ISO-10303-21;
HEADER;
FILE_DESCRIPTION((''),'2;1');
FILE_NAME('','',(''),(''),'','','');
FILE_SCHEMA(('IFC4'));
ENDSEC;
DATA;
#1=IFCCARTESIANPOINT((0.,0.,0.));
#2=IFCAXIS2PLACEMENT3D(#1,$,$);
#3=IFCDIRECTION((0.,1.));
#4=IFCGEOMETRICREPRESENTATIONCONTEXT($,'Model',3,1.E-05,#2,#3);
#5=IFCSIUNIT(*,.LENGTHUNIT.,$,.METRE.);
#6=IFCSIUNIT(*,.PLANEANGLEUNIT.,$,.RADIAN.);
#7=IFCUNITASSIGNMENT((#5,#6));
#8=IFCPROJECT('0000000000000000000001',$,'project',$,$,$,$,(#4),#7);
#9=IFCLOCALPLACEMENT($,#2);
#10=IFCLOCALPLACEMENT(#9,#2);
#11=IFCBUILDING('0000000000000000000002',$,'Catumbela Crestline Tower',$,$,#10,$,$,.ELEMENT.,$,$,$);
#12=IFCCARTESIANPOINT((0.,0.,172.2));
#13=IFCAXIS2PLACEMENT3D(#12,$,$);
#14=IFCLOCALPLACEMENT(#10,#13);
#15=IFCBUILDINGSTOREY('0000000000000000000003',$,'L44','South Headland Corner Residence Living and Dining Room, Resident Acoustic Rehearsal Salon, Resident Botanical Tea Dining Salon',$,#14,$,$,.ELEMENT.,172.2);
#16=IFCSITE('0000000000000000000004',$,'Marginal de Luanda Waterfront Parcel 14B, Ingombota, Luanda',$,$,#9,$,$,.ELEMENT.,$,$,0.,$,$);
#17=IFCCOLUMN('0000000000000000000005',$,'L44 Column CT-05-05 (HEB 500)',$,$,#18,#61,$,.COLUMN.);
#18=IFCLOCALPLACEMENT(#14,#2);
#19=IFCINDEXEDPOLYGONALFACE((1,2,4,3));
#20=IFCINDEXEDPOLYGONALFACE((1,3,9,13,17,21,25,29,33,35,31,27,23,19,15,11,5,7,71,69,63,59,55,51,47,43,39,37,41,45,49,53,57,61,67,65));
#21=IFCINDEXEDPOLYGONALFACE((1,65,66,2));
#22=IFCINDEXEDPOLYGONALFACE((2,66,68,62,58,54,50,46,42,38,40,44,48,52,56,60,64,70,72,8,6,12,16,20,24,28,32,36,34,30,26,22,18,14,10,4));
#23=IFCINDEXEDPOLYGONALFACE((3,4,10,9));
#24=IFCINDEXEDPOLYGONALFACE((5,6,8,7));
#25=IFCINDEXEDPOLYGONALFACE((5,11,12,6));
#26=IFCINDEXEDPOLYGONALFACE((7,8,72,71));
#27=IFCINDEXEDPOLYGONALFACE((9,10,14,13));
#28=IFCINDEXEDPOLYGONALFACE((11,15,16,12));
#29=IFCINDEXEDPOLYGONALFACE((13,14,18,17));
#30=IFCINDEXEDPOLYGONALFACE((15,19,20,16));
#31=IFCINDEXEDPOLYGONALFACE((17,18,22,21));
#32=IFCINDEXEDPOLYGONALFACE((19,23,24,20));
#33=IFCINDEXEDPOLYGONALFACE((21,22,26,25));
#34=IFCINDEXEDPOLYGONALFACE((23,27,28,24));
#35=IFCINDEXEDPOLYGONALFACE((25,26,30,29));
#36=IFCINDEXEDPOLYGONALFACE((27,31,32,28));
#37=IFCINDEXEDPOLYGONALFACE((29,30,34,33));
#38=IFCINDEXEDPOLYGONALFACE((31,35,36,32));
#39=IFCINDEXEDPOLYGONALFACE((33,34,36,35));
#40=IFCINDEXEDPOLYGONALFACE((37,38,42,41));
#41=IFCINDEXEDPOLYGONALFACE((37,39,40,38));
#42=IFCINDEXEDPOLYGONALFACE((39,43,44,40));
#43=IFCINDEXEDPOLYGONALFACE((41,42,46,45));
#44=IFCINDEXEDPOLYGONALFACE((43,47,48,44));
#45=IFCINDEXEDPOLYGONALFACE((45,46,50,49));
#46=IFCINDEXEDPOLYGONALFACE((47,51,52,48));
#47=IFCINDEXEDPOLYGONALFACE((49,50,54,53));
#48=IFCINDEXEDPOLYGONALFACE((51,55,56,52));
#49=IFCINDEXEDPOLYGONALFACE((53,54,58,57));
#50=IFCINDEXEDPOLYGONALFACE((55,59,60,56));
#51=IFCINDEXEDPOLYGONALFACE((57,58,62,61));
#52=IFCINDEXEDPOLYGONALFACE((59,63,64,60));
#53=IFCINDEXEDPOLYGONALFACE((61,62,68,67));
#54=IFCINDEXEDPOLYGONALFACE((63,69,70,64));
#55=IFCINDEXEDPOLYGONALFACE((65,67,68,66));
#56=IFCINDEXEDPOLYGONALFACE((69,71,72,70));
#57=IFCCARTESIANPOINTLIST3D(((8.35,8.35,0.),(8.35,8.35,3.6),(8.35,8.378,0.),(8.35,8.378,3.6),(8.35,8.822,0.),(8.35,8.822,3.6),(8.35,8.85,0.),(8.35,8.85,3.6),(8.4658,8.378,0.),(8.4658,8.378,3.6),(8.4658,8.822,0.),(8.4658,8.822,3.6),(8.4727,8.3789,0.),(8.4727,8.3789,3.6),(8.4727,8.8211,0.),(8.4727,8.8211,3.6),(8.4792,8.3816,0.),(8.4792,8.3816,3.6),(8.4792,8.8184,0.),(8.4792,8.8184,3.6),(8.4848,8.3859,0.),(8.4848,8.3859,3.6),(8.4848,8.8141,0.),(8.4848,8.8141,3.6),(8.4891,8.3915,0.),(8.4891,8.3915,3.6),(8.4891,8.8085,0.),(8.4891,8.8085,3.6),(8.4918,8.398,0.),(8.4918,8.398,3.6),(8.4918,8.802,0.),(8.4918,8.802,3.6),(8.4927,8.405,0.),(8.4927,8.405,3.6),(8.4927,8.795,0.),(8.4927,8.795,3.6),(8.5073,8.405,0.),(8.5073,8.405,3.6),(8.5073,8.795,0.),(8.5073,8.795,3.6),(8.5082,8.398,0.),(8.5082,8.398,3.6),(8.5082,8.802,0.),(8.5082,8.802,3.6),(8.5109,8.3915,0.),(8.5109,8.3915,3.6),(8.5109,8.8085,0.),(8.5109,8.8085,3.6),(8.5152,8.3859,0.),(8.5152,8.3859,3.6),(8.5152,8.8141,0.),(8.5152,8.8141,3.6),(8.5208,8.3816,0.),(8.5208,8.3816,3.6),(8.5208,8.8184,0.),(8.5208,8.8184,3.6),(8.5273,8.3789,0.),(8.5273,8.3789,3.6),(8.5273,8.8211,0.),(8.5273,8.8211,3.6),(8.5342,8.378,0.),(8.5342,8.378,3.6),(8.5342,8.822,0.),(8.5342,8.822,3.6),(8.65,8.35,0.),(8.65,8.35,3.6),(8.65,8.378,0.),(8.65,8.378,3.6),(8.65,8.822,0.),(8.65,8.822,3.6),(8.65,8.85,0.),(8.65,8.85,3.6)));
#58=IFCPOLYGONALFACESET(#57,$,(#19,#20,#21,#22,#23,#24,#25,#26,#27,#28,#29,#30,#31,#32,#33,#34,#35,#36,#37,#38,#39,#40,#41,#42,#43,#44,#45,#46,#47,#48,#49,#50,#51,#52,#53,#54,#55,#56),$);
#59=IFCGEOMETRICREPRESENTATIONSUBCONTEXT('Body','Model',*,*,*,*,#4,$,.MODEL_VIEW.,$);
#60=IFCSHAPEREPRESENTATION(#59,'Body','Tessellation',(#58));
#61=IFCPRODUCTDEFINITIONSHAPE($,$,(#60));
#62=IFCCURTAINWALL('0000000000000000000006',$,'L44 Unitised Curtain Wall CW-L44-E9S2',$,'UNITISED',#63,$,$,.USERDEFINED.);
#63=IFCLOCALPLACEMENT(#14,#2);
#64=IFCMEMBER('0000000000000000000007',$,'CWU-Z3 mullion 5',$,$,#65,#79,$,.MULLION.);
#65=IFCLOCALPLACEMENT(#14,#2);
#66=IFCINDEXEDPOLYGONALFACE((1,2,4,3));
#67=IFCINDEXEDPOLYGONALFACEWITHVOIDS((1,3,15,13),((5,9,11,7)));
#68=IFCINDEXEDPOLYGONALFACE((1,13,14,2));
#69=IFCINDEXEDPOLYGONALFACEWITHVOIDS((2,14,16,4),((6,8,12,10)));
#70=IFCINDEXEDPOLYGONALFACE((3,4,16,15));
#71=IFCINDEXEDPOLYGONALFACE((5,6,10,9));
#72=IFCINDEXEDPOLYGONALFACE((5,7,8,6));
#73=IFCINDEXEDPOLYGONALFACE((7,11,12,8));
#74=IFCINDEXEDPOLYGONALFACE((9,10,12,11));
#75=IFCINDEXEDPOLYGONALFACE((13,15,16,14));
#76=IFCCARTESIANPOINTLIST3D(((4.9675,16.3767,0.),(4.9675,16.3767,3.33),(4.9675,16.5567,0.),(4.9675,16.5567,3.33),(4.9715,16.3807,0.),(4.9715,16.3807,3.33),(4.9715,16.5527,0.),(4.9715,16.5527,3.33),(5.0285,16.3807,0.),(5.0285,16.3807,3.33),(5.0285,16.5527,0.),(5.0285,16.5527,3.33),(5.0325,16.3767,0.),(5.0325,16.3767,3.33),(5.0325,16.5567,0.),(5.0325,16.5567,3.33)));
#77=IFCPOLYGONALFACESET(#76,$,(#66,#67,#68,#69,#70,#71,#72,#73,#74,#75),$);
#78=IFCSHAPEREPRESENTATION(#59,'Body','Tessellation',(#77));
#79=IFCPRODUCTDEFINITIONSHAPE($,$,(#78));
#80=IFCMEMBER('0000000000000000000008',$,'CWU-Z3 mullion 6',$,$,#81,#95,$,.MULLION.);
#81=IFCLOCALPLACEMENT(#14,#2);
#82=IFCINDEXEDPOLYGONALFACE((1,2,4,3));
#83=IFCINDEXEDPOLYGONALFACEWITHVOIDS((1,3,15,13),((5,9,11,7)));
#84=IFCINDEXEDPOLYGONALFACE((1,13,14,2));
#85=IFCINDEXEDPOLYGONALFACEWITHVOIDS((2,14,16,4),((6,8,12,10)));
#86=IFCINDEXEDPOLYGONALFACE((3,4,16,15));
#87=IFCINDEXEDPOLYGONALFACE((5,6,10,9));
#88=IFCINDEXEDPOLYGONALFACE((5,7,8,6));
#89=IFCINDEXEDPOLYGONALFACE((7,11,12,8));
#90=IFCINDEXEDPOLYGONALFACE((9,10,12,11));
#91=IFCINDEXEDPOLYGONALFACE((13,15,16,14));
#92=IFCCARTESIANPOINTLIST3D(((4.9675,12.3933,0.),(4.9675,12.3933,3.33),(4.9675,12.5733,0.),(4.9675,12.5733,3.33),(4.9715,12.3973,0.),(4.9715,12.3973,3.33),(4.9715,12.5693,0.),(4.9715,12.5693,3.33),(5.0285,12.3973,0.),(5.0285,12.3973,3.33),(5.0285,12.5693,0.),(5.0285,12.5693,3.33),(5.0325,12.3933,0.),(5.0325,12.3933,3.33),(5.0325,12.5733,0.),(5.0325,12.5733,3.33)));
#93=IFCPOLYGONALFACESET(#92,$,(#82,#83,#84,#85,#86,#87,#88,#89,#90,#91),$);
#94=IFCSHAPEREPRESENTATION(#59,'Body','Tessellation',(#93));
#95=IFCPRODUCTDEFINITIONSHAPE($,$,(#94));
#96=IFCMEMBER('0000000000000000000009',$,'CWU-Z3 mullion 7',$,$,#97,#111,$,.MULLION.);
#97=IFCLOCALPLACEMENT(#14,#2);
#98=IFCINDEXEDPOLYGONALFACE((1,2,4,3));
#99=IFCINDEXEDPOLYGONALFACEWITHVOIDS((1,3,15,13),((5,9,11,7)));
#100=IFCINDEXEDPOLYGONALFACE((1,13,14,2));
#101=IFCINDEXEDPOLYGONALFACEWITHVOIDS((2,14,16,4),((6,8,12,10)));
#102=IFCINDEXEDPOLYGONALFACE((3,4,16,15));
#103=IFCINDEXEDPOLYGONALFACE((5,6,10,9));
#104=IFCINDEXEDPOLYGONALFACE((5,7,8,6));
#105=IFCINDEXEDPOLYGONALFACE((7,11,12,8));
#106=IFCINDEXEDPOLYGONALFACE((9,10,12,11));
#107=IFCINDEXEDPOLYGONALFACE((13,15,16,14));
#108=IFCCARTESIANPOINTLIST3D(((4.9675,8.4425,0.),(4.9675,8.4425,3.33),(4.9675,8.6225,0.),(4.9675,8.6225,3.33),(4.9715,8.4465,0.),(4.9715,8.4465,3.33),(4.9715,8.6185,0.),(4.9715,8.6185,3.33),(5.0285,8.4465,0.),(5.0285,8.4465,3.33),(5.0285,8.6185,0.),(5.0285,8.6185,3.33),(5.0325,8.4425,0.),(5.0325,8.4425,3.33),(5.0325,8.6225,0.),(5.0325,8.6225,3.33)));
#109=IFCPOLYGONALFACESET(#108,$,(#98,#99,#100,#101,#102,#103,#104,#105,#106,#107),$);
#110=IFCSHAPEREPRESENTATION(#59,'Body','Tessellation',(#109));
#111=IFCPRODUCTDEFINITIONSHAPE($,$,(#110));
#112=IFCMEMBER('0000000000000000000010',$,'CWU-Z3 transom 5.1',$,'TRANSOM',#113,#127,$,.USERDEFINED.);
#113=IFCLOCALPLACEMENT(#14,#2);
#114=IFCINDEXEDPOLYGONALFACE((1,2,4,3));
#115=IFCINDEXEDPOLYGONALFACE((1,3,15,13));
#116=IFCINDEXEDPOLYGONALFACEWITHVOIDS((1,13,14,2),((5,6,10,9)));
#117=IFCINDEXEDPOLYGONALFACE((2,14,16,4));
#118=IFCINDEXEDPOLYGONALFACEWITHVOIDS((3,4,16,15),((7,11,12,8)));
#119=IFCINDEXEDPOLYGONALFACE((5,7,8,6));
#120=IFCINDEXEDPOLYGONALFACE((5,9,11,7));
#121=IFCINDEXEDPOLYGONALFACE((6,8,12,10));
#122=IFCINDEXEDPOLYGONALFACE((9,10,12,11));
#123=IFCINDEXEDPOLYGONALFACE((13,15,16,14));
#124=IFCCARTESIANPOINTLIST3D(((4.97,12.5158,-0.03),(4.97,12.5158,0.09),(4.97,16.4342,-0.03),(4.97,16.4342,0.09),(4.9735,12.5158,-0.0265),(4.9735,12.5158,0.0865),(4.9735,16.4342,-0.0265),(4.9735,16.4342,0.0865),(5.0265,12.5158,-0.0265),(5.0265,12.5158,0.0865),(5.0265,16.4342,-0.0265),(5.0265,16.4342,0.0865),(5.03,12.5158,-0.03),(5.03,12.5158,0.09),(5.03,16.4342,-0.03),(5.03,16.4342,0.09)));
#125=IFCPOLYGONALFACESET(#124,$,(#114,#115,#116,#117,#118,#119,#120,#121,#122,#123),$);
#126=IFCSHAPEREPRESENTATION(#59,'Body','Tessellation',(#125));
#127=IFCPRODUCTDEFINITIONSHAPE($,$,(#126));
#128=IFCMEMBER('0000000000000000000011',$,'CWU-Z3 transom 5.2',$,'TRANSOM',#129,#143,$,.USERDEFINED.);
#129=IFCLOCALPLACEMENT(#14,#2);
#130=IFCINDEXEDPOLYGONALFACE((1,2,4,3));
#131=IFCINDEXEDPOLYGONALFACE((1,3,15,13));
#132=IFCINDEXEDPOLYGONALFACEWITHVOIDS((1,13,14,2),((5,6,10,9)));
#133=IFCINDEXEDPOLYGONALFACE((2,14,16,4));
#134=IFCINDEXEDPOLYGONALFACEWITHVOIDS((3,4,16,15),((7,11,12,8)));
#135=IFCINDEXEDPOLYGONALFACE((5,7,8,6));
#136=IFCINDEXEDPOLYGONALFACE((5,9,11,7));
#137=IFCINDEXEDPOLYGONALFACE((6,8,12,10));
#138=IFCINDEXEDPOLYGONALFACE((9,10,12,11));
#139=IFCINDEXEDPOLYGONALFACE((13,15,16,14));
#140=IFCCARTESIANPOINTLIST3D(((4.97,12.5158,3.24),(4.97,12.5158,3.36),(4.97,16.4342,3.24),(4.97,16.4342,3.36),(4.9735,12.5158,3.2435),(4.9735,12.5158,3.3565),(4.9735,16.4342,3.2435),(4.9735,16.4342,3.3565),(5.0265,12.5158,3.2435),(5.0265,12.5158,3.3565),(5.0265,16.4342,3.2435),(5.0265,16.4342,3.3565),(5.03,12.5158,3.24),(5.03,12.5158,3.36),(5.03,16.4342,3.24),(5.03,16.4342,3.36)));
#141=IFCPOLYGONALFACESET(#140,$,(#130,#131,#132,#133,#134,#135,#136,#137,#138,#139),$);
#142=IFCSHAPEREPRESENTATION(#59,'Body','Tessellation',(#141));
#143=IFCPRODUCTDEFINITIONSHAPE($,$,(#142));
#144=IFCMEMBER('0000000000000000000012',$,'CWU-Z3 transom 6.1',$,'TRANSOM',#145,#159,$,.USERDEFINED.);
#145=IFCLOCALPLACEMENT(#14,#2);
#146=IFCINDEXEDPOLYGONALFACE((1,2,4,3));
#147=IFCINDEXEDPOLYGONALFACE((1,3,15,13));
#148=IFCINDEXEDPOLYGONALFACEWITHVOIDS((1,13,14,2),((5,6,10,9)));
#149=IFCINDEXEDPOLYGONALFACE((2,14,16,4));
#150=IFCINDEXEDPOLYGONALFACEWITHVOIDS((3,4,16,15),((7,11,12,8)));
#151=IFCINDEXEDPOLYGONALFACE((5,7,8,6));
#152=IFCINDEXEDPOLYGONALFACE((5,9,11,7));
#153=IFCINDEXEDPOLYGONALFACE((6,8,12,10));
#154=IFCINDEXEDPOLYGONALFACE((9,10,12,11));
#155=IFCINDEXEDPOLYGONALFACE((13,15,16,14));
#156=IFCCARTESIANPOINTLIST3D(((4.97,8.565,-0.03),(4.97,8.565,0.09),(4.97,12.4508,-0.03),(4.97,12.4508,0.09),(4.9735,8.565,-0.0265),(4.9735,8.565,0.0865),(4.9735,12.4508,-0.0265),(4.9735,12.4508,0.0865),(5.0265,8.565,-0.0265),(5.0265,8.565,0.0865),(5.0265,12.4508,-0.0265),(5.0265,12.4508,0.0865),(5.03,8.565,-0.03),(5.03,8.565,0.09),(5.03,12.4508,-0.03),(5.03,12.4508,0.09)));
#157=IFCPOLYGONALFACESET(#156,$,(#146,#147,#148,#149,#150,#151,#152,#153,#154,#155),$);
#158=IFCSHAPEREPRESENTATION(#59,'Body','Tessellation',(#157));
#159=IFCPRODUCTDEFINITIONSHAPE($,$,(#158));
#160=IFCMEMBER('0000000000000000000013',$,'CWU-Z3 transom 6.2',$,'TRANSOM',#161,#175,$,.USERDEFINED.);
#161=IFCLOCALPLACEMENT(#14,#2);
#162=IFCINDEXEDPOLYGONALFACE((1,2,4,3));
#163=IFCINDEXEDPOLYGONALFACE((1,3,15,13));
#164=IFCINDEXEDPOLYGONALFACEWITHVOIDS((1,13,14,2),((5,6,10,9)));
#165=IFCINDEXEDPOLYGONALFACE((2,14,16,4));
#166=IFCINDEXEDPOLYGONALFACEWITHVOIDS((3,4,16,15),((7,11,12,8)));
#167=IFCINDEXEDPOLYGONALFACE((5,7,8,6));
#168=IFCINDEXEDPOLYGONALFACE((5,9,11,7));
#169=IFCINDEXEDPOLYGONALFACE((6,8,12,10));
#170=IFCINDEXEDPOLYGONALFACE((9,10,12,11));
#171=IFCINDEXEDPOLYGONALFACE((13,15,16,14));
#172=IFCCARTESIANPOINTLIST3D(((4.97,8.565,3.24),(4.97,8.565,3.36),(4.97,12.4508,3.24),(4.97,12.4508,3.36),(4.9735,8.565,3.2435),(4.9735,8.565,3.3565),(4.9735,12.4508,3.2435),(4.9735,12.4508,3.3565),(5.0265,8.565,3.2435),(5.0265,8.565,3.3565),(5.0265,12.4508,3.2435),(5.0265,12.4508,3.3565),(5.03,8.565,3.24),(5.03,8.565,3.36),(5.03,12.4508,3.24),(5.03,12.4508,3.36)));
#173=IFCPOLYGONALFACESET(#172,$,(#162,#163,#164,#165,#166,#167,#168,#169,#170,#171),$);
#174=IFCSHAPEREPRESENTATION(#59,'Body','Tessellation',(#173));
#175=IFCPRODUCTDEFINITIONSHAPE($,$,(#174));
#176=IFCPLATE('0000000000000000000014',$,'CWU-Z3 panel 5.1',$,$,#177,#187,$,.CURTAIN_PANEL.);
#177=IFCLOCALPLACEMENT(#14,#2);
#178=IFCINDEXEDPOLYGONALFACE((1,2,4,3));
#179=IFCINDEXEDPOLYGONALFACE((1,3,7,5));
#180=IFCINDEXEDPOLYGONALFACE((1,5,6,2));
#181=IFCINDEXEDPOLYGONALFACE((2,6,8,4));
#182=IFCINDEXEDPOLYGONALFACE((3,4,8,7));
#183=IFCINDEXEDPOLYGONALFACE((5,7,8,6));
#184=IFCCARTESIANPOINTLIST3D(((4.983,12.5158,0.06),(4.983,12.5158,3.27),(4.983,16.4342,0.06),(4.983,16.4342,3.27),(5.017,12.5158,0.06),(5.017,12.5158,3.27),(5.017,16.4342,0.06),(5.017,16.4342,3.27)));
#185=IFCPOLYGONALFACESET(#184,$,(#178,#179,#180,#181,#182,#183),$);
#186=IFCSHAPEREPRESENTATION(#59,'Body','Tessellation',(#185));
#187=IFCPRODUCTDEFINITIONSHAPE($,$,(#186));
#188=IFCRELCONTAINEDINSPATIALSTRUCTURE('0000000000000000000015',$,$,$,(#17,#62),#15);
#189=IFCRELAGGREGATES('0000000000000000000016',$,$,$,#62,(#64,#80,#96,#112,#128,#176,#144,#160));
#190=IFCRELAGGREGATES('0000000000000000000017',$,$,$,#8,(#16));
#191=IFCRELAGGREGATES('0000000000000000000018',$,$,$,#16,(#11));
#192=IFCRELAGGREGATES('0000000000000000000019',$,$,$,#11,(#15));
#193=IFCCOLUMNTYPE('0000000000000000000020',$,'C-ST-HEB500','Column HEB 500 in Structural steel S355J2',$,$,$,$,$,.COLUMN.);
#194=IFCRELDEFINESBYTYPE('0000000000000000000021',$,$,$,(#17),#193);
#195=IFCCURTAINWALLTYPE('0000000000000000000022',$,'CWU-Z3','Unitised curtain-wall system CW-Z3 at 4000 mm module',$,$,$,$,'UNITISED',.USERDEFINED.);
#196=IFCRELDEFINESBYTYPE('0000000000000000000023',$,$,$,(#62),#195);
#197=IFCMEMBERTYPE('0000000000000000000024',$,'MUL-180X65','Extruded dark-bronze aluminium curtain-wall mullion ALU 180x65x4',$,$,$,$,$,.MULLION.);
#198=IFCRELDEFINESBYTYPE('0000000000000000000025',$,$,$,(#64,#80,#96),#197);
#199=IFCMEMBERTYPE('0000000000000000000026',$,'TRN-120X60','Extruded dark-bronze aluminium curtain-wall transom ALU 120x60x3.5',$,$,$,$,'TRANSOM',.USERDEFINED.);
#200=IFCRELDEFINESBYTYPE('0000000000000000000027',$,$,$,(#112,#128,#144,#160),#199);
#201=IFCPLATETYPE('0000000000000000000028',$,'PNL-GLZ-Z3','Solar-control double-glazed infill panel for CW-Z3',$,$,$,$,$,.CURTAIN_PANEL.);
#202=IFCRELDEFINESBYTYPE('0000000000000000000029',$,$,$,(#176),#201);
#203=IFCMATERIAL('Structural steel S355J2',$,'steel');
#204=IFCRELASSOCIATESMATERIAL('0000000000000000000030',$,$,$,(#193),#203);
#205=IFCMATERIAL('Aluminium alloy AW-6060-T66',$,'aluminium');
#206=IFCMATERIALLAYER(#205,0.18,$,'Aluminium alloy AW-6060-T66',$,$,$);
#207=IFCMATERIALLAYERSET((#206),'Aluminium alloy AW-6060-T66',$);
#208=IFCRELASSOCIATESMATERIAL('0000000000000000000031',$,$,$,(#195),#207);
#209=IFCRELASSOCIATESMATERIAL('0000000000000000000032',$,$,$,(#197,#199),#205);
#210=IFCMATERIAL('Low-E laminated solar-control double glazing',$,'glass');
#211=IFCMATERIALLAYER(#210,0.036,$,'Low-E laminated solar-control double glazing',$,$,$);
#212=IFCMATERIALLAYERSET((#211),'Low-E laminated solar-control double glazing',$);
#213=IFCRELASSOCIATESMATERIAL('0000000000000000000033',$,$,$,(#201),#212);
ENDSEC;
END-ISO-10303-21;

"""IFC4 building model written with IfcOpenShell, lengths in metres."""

from ifc_helpers import new_model, si_unit, direction, frame, origin, origin_2d, place, context, subcontext, project, spatial, rectangle, hollow_rectangle, i_section, extrude, material, layer, layer_set, material_profile, profile_set, type_object, element, aggregate, save


model = new_model("IFC4")

# Units and contexts
model_context = context("Model", 3, precision=1e-05, world=origin(), true_north=direction((0.0, 1.0)))
body_context = subcontext(model_context, "Body", "Model", "MODEL_VIEW")
ifc_project = project(units=[si_unit("LENGTHUNIT", "METRE"), si_unit("PLANEANGLEUNIT", "RADIAN")], contexts=[model_context])

# Site, building, storey
site_placement = place(None, origin())
site = spatial("IfcSite", under=ifc_project, at=site_placement, Name="Marginal de Luanda Waterfront Parcel 14B, Ingombota, Luanda", CompositionType="ELEMENT", RefElevation=0.0)
building_placement = place(site_placement, origin())
building = spatial("IfcBuilding", under=site, at=building_placement, Name="Catumbela Crestline Tower", CompositionType="ELEMENT")
storey_placement = place(building_placement, frame((0.0, 0.0, 172.2)))
storey = spatial("IfcBuildingStorey", under=building, at=storey_placement, Name="L44", Description="South Headland Corner Residence Living and Dining Room, Resident Acoustic Rehearsal Salon, Resident Botanical Tea Dining Salon", CompositionType="ELEMENT", Elevation=172.2)

# Column
ifc_material_1 = material(Name="Structural steel S355J2", Category="steel")
ifc_material_profile_1 = material_profile(ifc_material_1, i_section(OverallWidth=0.3, OverallDepth=0.5, WebThickness=0.0145, FlangeThickness=0.028, FilletRadius=0.027, at=origin_2d()), Name="HEB 500")
ifc_profile_set_1 = profile_set([ifc_material_profile_1], Name="Structural steel S355J2")
column_type = type_object("IfcColumnType", Name="C-ST-HEB500", Description="Column HEB 500 in Structural steel S355J2", PredefinedType="COLUMN", material=ifc_profile_set_1)
column_placement = place(storey_placement, frame((8.5, 8.6, 0.0), z_axis=(0.0, 0.0, 1.0), x_axis=(1.0, 0.0, 0.0)))
element("IfcColumn", 1, at=column_placement, inside=storey, type_object=column_type, Name="L44 Column CT-05-05 (HEB 500)", PredefinedType="COLUMN", context=body_context, shape_type="SweptSolid", body=[
    extrude(i_section(OverallWidth=0.3, OverallDepth=0.5, WebThickness=0.0145, FlangeThickness=0.028, FilletRadius=0.027, at=origin_2d()), origin(), (0.0, 0.0, 1.0), 3.6),
])

# Curtain wall, members, plate
ifc_material_2 = material(Name="Aluminium alloy AW-6060-T66", Category="aluminium")
ifc_layer_1 = layer(ifc_material_2, 0.18, Name="Aluminium alloy AW-6060-T66")
ifc_layer_set_1 = layer_set([ifc_layer_1], Name="Aluminium alloy AW-6060-T66")
curtain_wall_type = type_object("IfcCurtainWallType", Name="CWU-Z3", Description="Unitised curtain-wall system CW-Z3 at 4000 mm module", ElementType="UNITISED", PredefinedType="USERDEFINED", material=ifc_layer_set_1)
curtain_wall_placement = place(storey_placement, origin())
curtain_wall = element("IfcCurtainWall", 2, at=curtain_wall_placement, inside=storey, type_object=curtain_wall_type, Name="L44 Unitised Curtain Wall CW-L44-E9S2", ObjectType="UNITISED", PredefinedType="USERDEFINED")
ifc_material_profile_2 = material_profile(ifc_material_2, hollow_rectangle(XDim=0.065, YDim=0.18, WallThickness=0.004, at=origin_2d()), Name="ALU 180x65x4")
ifc_profile_set_2 = profile_set([ifc_material_profile_2], Name="Aluminium alloy AW-6060-T66")
member_type_1 = type_object("IfcMemberType", Name="MUL-180X65", Description="Extruded dark-bronze aluminium curtain-wall mullion ALU 180x65x4", PredefinedType="MULLION", material=ifc_profile_set_2)
member_1_placement = place(storey_placement, frame((5.0, 16.4667, 0.0), z_axis=(0.0, 0.0, 1.0), x_axis=(1.0, 0.0, 0.0)))
member_1 = element("IfcMember", 3, at=member_1_placement, type_object=member_type_1, Name="CWU-Z3 mullion 5", PredefinedType="MULLION", context=body_context, shape_type="SweptSolid", body=[
    extrude(hollow_rectangle(XDim=0.065, YDim=0.18, WallThickness=0.004, at=origin_2d()), origin(), (0.0, 0.0, 1.0), 3.33),
])
member_2_placement = place(storey_placement, frame((5.0, 12.4833, 0.0), z_axis=(0.0, 0.0, 1.0), x_axis=(1.0, 0.0, 0.0)))
member_2 = element("IfcMember", 4, at=member_2_placement, type_object=member_type_1, Name="CWU-Z3 mullion 6", PredefinedType="MULLION", context=body_context, shape_type="SweptSolid", body=[
    extrude(hollow_rectangle(XDim=0.065, YDim=0.18, WallThickness=0.004, at=origin_2d()), origin(), (0.0, 0.0, 1.0), 3.33),
])
member_3_placement = place(storey_placement, frame((5.0, 8.5325, 0.0), z_axis=(0.0, 0.0, 1.0), x_axis=(1.0, 0.0, 0.0)))
member_3 = element("IfcMember", 5, at=member_3_placement, type_object=member_type_1, Name="CWU-Z3 mullion 7", PredefinedType="MULLION", context=body_context, shape_type="SweptSolid", body=[
    extrude(hollow_rectangle(XDim=0.065, YDim=0.18, WallThickness=0.004, at=origin_2d()), origin(), (0.0, 0.0, 1.0), 3.33),
])
ifc_material_profile_3 = material_profile(ifc_material_2, hollow_rectangle(XDim=0.06, YDim=0.12, WallThickness=0.0035, at=origin_2d()), Name="ALU 120x60x3.5")
ifc_profile_set_3 = profile_set([ifc_material_profile_3], Name="Aluminium alloy AW-6060-T66")
member_type_2 = type_object("IfcMemberType", Name="TRN-120X60", Description="Extruded dark-bronze aluminium curtain-wall transom ALU 120x60x3.5", ElementType="TRANSOM", PredefinedType="USERDEFINED", material=ifc_profile_set_3)
member_4_placement = place(storey_placement, frame((5.0, 16.4342, 0.03), z_axis=(0.0, -1.0, 0.0), x_axis=(1.0, 0.0, 0.0)))
member_4 = element("IfcMember", 6, at=member_4_placement, type_object=member_type_2, Name="CWU-Z3 transom 5.1", ObjectType="TRANSOM", PredefinedType="USERDEFINED", context=body_context, shape_type="SweptSolid", body=[
    extrude(hollow_rectangle(XDim=0.06, YDim=0.12, WallThickness=0.0035, at=origin_2d()), origin(), (0.0, 0.0, 1.0), 3.9184),
])
member_5_placement = place(storey_placement, frame((5.0, 16.4342, 3.3), z_axis=(0.0, -1.0, 0.0), x_axis=(1.0, 0.0, 0.0)))
member_5 = element("IfcMember", 7, at=member_5_placement, type_object=member_type_2, Name="CWU-Z3 transom 5.2", ObjectType="TRANSOM", PredefinedType="USERDEFINED", context=body_context, shape_type="SweptSolid", body=[
    extrude(hollow_rectangle(XDim=0.06, YDim=0.12, WallThickness=0.0035, at=origin_2d()), origin(), (0.0, 0.0, 1.0), 3.9184),
])
member_6_placement = place(storey_placement, frame((5.0, 12.4508, 0.03), z_axis=(0.0, -1.0, 0.0), x_axis=(1.0, 0.0, 0.0)))
member_6 = element("IfcMember", 8, at=member_6_placement, type_object=member_type_2, Name="CWU-Z3 transom 6.1", ObjectType="TRANSOM", PredefinedType="USERDEFINED", context=body_context, shape_type="SweptSolid", body=[
    extrude(hollow_rectangle(XDim=0.06, YDim=0.12, WallThickness=0.0035, at=origin_2d()), origin(), (0.0, 0.0, 1.0), 3.8858),
])
member_7_placement = place(storey_placement, frame((5.0, 12.4508, 3.3), z_axis=(0.0, -1.0, 0.0), x_axis=(1.0, 0.0, 0.0)))
member_7 = element("IfcMember", 9, at=member_7_placement, type_object=member_type_2, Name="CWU-Z3 transom 6.2", ObjectType="TRANSOM", PredefinedType="USERDEFINED", context=body_context, shape_type="SweptSolid", body=[
    extrude(hollow_rectangle(XDim=0.06, YDim=0.12, WallThickness=0.0035, at=origin_2d()), origin(), (0.0, 0.0, 1.0), 3.8858),
])
ifc_material_3 = material(Name="Low-E laminated solar-control double glazing", Category="glass")
ifc_layer_2 = layer(ifc_material_3, 0.036, Name="Low-E laminated solar-control double glazing")
ifc_layer_set_2 = layer_set([ifc_layer_2], Name="Low-E laminated solar-control double glazing")
plate_type = type_object("IfcPlateType", Name="PNL-GLZ-Z3", Description="Solar-control double-glazed infill panel for CW-Z3", PredefinedType="CURTAIN_PANEL", material=ifc_layer_set_2)
plate_1_placement = place(storey_placement, frame((5.0, 14.475, 0.06), z_axis=(0.0, 0.0, 1.0), x_axis=(0.0, -1.0, 0.0)))
plate_1 = element("IfcPlate", 10, at=plate_1_placement, type_object=plate_type, Name="CWU-Z3 panel 5.1", PredefinedType="CURTAIN_PANEL", context=body_context, shape_type="SweptSolid", body=[
    extrude(rectangle(XDim=3.9183, YDim=0.034, at=origin_2d()), origin(), (0.0, 0.0, 1.0), 3.21),
])
aggregate(curtain_wall, [member_1, member_2, member_3, member_4, member_5, plate_1, member_6, member_7])

save(model, "model.ifc")
